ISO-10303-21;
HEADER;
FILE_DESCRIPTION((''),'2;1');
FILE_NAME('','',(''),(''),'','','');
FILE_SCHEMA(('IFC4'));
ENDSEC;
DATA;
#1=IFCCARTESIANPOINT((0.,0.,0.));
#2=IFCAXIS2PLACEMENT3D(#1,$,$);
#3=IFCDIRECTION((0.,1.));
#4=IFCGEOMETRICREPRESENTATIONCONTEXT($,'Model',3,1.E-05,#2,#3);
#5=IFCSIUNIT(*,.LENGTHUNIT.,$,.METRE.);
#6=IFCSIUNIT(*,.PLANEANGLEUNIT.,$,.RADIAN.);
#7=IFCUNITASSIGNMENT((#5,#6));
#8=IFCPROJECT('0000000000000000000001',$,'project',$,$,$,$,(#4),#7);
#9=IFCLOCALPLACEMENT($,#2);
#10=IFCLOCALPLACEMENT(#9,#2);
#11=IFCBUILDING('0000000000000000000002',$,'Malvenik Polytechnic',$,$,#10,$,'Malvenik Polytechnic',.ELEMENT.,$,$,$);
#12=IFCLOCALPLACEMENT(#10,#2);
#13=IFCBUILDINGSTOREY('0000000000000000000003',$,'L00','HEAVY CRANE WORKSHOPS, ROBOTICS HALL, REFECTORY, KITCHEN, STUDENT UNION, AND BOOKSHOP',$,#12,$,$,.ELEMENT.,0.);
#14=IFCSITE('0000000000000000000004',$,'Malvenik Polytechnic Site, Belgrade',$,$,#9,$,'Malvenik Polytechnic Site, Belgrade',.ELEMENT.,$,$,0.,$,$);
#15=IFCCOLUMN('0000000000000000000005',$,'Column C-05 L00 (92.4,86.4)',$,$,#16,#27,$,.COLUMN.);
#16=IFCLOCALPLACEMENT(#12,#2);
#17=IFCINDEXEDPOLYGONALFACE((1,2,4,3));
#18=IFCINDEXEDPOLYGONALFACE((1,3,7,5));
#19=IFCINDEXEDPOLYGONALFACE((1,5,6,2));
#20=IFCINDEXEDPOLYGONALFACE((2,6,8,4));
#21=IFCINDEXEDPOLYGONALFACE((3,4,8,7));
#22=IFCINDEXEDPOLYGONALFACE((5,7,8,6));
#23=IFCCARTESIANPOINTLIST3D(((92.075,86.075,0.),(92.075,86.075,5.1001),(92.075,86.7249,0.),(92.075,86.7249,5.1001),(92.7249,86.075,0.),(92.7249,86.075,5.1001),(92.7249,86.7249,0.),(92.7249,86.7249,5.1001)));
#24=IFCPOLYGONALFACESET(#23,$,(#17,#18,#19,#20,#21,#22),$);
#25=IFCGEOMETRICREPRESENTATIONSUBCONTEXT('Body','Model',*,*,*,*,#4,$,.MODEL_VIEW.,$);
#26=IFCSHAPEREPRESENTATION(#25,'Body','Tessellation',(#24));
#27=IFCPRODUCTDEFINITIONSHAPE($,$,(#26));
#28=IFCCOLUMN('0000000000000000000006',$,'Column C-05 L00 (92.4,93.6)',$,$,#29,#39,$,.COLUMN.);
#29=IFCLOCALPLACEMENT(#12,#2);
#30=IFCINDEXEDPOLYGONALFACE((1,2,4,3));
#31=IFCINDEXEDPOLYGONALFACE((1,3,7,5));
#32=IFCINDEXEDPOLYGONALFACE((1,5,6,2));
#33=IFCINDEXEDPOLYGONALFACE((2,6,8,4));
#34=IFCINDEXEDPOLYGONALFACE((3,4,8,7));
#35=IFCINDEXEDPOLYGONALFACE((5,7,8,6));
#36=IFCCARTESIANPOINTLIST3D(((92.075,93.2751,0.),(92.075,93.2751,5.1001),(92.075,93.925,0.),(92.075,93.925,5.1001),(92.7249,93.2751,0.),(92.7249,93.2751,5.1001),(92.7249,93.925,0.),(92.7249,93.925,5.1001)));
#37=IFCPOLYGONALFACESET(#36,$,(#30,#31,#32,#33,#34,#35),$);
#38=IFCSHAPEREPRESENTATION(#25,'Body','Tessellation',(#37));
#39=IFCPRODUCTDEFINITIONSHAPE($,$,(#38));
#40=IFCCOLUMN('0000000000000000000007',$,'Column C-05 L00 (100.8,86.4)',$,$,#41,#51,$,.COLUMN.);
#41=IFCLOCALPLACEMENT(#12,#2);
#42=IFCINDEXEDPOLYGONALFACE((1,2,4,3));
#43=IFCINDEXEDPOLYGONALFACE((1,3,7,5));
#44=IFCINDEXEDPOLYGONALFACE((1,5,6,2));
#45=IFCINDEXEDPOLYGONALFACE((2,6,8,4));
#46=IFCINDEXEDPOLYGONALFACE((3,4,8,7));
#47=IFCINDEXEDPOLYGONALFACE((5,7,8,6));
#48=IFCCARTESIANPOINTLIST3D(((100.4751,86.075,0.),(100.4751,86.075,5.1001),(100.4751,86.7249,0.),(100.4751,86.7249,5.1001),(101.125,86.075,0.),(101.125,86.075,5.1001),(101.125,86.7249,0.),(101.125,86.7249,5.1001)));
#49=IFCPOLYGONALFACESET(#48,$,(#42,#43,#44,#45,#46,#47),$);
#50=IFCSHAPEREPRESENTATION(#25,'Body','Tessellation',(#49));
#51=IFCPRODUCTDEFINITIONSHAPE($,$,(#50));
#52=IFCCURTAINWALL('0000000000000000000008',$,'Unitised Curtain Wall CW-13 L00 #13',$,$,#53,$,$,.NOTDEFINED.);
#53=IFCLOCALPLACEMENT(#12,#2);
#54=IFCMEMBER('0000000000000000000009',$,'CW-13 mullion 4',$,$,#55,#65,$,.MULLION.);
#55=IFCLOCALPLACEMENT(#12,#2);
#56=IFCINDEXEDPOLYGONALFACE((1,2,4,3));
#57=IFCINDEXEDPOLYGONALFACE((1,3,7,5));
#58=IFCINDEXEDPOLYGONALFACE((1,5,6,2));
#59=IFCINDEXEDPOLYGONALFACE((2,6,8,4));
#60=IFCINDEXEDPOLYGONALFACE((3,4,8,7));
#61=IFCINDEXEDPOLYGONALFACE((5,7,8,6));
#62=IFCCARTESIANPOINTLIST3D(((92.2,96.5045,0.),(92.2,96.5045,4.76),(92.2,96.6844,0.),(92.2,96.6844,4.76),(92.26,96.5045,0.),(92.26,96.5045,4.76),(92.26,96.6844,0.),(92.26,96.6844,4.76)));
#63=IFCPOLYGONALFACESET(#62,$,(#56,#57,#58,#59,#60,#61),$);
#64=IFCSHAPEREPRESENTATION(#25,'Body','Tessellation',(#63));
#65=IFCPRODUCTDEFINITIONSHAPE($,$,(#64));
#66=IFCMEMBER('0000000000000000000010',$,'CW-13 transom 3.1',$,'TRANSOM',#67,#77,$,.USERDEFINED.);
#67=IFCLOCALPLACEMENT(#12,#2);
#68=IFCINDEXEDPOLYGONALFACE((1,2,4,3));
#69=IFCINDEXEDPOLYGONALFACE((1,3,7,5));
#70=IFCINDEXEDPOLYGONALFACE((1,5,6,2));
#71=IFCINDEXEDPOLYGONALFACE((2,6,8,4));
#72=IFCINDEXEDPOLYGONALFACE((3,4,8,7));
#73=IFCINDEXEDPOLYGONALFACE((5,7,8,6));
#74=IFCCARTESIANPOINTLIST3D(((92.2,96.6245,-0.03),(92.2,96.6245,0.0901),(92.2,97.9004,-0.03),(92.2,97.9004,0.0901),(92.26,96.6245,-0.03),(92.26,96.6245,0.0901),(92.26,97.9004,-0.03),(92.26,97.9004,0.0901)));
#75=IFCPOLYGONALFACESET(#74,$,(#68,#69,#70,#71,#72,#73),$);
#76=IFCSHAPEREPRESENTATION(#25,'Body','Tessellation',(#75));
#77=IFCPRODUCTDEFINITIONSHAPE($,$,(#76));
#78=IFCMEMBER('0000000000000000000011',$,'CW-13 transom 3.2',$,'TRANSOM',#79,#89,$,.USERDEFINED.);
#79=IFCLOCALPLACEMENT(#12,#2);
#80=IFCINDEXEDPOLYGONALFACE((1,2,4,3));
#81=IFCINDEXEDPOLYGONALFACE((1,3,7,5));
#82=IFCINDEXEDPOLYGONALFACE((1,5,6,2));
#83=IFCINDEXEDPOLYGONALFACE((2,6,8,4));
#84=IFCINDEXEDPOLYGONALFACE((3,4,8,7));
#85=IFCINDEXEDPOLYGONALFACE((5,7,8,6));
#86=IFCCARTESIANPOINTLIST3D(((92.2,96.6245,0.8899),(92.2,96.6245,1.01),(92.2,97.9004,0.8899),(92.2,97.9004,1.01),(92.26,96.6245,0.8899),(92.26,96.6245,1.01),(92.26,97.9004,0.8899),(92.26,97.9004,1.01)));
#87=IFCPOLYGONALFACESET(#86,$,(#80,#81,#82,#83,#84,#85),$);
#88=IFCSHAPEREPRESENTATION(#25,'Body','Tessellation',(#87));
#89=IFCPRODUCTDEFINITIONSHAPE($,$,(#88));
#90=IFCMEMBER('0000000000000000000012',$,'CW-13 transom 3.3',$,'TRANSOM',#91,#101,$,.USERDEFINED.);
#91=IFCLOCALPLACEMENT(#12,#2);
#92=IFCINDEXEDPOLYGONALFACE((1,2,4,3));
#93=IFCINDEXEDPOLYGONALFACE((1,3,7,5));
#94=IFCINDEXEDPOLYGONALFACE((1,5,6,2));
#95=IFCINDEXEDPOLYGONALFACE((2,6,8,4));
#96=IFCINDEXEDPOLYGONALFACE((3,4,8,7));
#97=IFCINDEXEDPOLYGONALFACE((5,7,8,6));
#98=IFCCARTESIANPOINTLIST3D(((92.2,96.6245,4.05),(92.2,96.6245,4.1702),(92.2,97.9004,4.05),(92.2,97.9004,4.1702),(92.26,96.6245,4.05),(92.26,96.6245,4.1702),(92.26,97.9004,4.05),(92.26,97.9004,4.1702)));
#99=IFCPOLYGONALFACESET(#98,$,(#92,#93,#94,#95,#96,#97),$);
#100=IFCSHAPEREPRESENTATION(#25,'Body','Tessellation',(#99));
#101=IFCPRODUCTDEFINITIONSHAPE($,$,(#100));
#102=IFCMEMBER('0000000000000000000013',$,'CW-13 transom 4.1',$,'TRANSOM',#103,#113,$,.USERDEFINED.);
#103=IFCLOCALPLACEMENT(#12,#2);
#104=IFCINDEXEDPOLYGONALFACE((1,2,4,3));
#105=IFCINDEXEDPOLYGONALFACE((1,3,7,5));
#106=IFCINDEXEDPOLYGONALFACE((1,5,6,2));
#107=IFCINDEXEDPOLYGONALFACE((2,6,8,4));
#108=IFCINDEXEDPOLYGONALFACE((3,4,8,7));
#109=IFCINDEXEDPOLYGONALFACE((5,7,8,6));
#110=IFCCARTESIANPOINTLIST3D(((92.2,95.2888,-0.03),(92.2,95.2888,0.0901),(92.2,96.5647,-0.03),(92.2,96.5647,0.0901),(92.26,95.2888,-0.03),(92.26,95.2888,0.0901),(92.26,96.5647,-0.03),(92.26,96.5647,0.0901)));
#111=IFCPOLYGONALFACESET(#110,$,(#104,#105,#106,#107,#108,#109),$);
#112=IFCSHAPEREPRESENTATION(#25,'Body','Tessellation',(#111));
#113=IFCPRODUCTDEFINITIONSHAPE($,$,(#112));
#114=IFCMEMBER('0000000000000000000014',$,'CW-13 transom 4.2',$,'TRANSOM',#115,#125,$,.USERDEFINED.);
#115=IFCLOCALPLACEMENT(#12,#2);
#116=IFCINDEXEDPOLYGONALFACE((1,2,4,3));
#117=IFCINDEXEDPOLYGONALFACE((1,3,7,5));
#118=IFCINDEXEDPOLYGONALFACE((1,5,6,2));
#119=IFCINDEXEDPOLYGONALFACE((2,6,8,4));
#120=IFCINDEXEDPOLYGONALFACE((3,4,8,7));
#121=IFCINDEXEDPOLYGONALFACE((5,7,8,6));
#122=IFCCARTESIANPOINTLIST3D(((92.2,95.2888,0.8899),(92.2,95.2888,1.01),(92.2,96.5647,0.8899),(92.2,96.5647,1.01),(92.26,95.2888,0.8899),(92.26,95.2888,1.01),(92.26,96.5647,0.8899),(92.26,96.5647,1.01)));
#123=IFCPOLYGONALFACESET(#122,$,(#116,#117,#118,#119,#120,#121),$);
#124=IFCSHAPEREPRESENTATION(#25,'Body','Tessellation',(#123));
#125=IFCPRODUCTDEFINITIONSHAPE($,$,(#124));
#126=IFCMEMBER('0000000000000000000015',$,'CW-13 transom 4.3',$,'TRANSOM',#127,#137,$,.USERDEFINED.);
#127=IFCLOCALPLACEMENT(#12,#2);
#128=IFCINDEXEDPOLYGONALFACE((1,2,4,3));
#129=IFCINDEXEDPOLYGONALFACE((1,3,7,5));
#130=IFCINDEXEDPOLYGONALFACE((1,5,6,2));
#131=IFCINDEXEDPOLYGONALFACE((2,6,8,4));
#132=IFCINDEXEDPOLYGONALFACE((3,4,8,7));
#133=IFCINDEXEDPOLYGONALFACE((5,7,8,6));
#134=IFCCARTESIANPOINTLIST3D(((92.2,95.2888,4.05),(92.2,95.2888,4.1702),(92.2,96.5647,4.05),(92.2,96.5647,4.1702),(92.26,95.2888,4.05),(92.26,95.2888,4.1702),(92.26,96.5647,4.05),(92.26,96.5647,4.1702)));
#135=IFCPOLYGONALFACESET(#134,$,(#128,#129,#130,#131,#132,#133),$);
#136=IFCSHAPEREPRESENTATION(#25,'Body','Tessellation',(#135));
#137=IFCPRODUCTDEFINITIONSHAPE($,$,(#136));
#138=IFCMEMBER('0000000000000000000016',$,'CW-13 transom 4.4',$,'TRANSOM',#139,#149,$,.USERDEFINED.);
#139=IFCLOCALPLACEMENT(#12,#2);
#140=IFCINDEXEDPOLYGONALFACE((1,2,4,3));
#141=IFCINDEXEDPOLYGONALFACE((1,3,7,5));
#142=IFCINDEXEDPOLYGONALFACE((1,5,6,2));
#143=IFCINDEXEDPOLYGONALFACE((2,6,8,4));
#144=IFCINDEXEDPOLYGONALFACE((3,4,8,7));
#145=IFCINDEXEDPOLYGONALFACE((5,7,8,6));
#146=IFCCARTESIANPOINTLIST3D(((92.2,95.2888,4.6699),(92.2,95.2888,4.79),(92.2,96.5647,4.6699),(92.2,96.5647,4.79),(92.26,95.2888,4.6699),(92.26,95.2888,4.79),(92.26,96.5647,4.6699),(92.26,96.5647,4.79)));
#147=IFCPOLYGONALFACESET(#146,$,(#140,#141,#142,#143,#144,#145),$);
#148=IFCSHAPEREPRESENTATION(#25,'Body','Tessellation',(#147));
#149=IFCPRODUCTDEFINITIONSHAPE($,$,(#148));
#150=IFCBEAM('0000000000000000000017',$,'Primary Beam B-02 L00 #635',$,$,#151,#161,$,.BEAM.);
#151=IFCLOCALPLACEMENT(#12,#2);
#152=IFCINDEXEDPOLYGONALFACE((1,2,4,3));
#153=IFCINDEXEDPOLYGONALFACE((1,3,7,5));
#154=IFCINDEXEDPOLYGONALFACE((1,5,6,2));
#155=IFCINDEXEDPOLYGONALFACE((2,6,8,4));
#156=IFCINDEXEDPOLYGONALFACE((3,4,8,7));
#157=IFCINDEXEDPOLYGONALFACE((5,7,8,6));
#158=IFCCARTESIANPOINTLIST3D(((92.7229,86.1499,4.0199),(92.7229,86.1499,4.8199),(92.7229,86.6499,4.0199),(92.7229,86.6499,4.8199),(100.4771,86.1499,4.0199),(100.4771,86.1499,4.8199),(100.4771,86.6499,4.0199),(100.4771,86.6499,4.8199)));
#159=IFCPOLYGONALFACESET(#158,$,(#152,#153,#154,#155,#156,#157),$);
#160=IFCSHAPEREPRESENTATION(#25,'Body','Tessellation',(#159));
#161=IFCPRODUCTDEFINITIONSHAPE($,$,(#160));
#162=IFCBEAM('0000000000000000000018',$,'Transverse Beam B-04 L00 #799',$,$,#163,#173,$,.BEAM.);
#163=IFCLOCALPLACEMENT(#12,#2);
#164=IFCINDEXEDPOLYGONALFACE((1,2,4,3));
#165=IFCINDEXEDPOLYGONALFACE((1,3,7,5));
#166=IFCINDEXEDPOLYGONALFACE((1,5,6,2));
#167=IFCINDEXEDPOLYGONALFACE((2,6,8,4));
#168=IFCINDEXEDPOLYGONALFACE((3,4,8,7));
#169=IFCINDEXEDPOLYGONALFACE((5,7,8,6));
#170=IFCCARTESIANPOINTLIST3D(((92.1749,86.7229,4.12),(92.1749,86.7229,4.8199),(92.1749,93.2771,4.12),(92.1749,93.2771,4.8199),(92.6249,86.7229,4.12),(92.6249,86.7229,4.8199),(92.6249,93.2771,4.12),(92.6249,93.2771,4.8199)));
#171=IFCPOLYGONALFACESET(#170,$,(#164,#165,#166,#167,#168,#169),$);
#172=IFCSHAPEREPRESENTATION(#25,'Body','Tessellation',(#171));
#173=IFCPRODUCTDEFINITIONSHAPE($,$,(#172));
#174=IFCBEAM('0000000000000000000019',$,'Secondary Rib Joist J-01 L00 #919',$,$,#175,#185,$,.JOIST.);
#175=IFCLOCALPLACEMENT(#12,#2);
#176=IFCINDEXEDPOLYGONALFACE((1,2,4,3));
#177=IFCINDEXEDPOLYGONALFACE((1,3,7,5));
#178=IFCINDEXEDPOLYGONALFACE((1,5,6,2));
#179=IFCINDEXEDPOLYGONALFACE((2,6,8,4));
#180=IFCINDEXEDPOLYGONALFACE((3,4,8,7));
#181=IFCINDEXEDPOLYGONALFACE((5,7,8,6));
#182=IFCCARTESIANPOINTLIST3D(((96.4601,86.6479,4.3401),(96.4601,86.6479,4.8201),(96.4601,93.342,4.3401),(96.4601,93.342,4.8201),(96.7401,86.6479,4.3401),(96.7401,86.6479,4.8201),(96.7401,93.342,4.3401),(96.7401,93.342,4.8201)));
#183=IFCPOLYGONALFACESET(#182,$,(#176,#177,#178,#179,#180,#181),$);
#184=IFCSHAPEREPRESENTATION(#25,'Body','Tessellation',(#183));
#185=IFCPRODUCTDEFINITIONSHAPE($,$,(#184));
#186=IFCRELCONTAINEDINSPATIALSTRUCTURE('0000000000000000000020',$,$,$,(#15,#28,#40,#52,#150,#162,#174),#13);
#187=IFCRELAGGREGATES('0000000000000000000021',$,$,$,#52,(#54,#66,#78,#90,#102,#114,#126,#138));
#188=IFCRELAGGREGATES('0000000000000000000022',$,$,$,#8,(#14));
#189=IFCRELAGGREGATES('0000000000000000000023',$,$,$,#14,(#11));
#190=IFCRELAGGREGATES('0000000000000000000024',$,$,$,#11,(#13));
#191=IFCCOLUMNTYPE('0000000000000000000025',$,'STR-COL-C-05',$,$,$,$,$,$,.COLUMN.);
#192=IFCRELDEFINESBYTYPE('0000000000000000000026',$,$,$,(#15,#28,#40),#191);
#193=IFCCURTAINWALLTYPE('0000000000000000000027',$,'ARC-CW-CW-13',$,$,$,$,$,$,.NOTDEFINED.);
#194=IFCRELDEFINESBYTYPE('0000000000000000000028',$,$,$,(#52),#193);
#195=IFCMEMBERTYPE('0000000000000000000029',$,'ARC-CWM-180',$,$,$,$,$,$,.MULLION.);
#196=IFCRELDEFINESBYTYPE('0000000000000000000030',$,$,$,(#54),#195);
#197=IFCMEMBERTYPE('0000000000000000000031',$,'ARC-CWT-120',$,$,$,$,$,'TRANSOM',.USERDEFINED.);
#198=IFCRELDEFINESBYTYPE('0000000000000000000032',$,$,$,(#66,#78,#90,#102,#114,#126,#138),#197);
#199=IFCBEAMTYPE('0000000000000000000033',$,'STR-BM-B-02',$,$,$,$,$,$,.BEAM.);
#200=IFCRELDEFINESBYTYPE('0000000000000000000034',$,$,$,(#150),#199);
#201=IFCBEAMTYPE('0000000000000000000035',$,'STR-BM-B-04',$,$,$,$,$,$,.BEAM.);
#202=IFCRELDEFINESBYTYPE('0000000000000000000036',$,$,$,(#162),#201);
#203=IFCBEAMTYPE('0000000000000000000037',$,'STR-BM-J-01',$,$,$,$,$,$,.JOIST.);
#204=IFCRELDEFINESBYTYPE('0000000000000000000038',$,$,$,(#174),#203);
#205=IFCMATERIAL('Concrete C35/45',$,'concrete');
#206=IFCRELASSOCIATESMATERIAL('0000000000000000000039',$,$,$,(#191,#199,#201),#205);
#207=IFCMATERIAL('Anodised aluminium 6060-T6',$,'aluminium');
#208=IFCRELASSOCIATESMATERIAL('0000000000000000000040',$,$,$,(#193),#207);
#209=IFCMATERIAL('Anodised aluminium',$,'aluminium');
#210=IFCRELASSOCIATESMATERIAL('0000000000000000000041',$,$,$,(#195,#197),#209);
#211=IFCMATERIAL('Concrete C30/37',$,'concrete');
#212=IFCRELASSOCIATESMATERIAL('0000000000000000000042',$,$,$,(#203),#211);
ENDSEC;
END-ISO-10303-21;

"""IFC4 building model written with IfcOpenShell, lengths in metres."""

from ifc_helpers import new_model, si_unit, direction, frame, origin, origin_2d, place, context, subcontext, project, spatial, rectangle, extrude, material, material_profile, profile_set, type_object, element, aggregate, save


model = new_model("IFC4")

# Units and contexts
model_context = context("Model", 3, precision=1e-05, world=origin(), true_north=direction((0.0, 1.0)))
body_context = subcontext(model_context, "Body", "Model", "MODEL_VIEW")
ifc_project = project(units=[si_unit("LENGTHUNIT", "METRE"), si_unit("PLANEANGLEUNIT", "RADIAN")], contexts=[model_context])

# Site, building, storey
site_placement = place(None, origin())
site = spatial("IfcSite", under=ifc_project, at=site_placement, Name="Malvenik Polytechnic Site, Belgrade", LongName="Malvenik Polytechnic Site, Belgrade", CompositionType="ELEMENT", RefElevation=0.0)
building_placement = place(site_placement, origin())
building = spatial("IfcBuilding", under=site, at=building_placement, Name="Malvenik Polytechnic", LongName="Malvenik Polytechnic", CompositionType="ELEMENT")
storey_placement = place(building_placement, origin())
storey = spatial("IfcBuildingStorey", under=building, at=storey_placement, Name="L00", Description="HEAVY CRANE WORKSHOPS, ROBOTICS HALL, REFECTORY, KITCHEN, STUDENT UNION, AND BOOKSHOP", CompositionType="ELEMENT", Elevation=0.0)

# Columns
ifc_material_1 = material(Name="Concrete C35/45", Category="concrete")
ifc_material_profile_1 = material_profile(ifc_material_1, rectangle(XDim=0.6499, YDim=0.6499, at=origin_2d()), Name="RC COL 650x650")
ifc_profile_set_1 = profile_set([ifc_material_profile_1], Name="Concrete C35/45")
column_type = type_object("IfcColumnType", Name="STR-COL-C-05", PredefinedType="COLUMN", material=ifc_profile_set_1)
for number, where, z_axis, x_axis, name in (
    (1, (92.3999, 86.3999, 0.0), (0.0, 0.0, 1.0), (1.0, 0.0, 0.0), "Column C-05 L00 (92.4,86.4)"),
    (2, (92.3999, 93.6001, 0.0), (0.0, 0.0, 1.0), (1.0, 0.0, 0.0), "Column C-05 L00 (92.4,93.6)"),
    (3, (100.8, 86.3999, 0.0), (0.0, 0.0, 1.0), (1.0, 0.0, 0.0), "Column C-05 L00 (100.8,86.4)"),
):
    element("IfcColumn", number, at=place(storey_placement, frame(where, z_axis=z_axis, x_axis=x_axis)), inside=storey, type_object=column_type, Name=name, PredefinedType="COLUMN", context=body_context, shape_type="SweptSolid", body=[
        extrude(rectangle(XDim=0.6499, YDim=0.6499, at=origin_2d()), origin(), (0.0, 0.0, 1.0), 5.1001),
    ])

# Curtain wall, members
ifc_material_2 = material(Name="Anodised aluminium 6060-T6", Category="aluminium")
curtain_wall_type = type_object("IfcCurtainWallType", Name="ARC-CW-CW-13", PredefinedType="NOTDEFINED", material=ifc_material_2)
curtain_wall_placement = place(storey_placement, origin())
curtain_wall = element("IfcCurtainWall", 4, at=curtain_wall_placement, inside=storey, type_object=curtain_wall_type, Name="Unitised Curtain Wall CW-13 L00 #13", PredefinedType="NOTDEFINED")
ifc_material_3 = material(Name="Anodised aluminium", Category="aluminium")
ifc_material_profile_2 = material_profile(ifc_material_3, rectangle(XDim=0.0601, YDim=0.1799, at=origin_2d()), Name="ALU MULLION 60x180")
ifc_profile_set_2 = profile_set([ifc_material_profile_2], Name="Anodised aluminium")
member_type_1 = type_object("IfcMemberType", Name="ARC-CWM-180", PredefinedType="MULLION", material=ifc_profile_set_2)
member_1_placement = place(storey_placement, frame((92.23, 96.5945, 0.0), z_axis=(0.0, 0.0, 1.0), x_axis=(1.0, 0.0, 0.0)))
member_1 = element("IfcMember", 5, at=member_1_placement, type_object=member_type_1, Name="CW-13 mullion 4", PredefinedType="MULLION", context=body_context, shape_type="SweptSolid", body=[
    extrude(rectangle(XDim=0.0601, YDim=0.1799, at=origin_2d()), origin(), (0.0, 0.0, 1.0), 4.76),
])
ifc_material_profile_3 = material_profile(ifc_material_3, rectangle(XDim=0.0601, YDim=0.1201, at=origin_2d()), Name="ALU TRANSOM 60x120")
ifc_profile_set_3 = profile_set([ifc_material_profile_3], Name="Anodised aluminium")
member_type_2 = type_object("IfcMemberType", Name="ARC-CWT-120", ElementType="TRANSOM", PredefinedType="USERDEFINED", material=ifc_profile_set_3)
member_2_placement = place(storey_placement, frame((92.23, 97.9004, 0.03), z_axis=(0.0, -1.0, 0.0), x_axis=(1.0, 0.0, 0.0)))
member_2 = element("IfcMember", 6, at=member_2_placement, type_object=member_type_2, Name="CW-13 transom 3.1", ObjectType="TRANSOM", PredefinedType="USERDEFINED", context=body_context, shape_type="SweptSolid", body=[
    extrude(rectangle(XDim=0.0601, YDim=0.1201, at=origin_2d()), origin(), (0.0, 0.0, 1.0), 1.2759),
])
member_3_placement = place(storey_placement, frame((92.23, 97.9004, 0.95), z_axis=(0.0, -1.0, 0.0), x_axis=(1.0, 0.0, 0.0)))
member_3 = element("IfcMember", 7, at=member_3_placement, type_object=member_type_2, Name="CW-13 transom 3.2", ObjectType="TRANSOM", PredefinedType="USERDEFINED", context=body_context, shape_type="SweptSolid", body=[
    extrude(rectangle(XDim=0.0601, YDim=0.1201, at=origin_2d()), origin(), (0.0, 0.0, 1.0), 1.2759),
])
member_4_placement = place(storey_placement, frame((92.23, 97.9004, 4.1101), z_axis=(0.0, -1.0, 0.0), x_axis=(1.0, 0.0, 0.0)))
member_4 = element("IfcMember", 8, at=member_4_placement, type_object=member_type_2, Name="CW-13 transom 3.3", ObjectType="TRANSOM", PredefinedType="USERDEFINED", context=body_context, shape_type="SweptSolid", body=[
    extrude(rectangle(XDim=0.0601, YDim=0.1201, at=origin_2d()), origin(), (0.0, 0.0, 1.0), 1.2759),
])
member_5_placement = place(storey_placement, frame((92.23, 96.5647, 0.03), z_axis=(0.0, -1.0, 0.0), x_axis=(1.0, 0.0, 0.0)))
member_5 = element("IfcMember", 9, at=member_5_placement, type_object=member_type_2, Name="CW-13 transom 4.1", ObjectType="TRANSOM", PredefinedType="USERDEFINED", context=body_context, shape_type="SweptSolid", body=[
    extrude(rectangle(XDim=0.0601, YDim=0.1201, at=origin_2d()), origin(), (0.0, 0.0, 1.0), 1.2759),
])
member_6_placement = place(storey_placement, frame((92.23, 96.5647, 0.95), z_axis=(0.0, -1.0, 0.0), x_axis=(1.0, 0.0, 0.0)))
member_6 = element("IfcMember", 10, at=member_6_placement, type_object=member_type_2, Name="CW-13 transom 4.2", ObjectType="TRANSOM", PredefinedType="USERDEFINED", context=body_context, shape_type="SweptSolid", body=[
    extrude(rectangle(XDim=0.0601, YDim=0.1201, at=origin_2d()), origin(), (0.0, 0.0, 1.0), 1.2759),
])
member_7_placement = place(storey_placement, frame((92.23, 96.5647, 4.1101), z_axis=(0.0, -1.0, 0.0), x_axis=(1.0, 0.0, 0.0)))
member_7 = element("IfcMember", 11, at=member_7_placement, type_object=member_type_2, Name="CW-13 transom 4.3", ObjectType="TRANSOM", PredefinedType="USERDEFINED", context=body_context, shape_type="SweptSolid", body=[
    extrude(rectangle(XDim=0.0601, YDim=0.1201, at=origin_2d()), origin(), (0.0, 0.0, 1.0), 1.2759),
])
member_8_placement = place(storey_placement, frame((92.23, 96.5647, 4.73), z_axis=(0.0, -1.0, 0.0), x_axis=(1.0, 0.0, 0.0)))
member_8 = element("IfcMember", 12, at=member_8_placement, type_object=member_type_2, Name="CW-13 transom 4.4", ObjectType="TRANSOM", PredefinedType="USERDEFINED", context=body_context, shape_type="SweptSolid", body=[
    extrude(rectangle(XDim=0.0601, YDim=0.1201, at=origin_2d()), origin(), (0.0, 0.0, 1.0), 1.2759),
])

# Beams
ifc_material_profile_4 = material_profile(ifc_material_1, rectangle(XDim=0.5, YDim=0.8, at=origin_2d()), Name="RC BM 500x800")
ifc_profile_set_4 = profile_set([ifc_material_profile_4], Name="Concrete C35/45")
beam_type_1 = type_object("IfcBeamType", Name="STR-BM-B-02", PredefinedType="BEAM", material=ifc_profile_set_4)
beam_1_placement = place(storey_placement, frame((92.7229, 86.3999, 4.4199), z_axis=(1.0, 0.0, 0.0), x_axis=(0.0, 1.0, 0.0)))
element("IfcBeam", 13, at=beam_1_placement, inside=storey, type_object=beam_type_1, Name="Primary Beam B-02 L00 #635", PredefinedType="BEAM", context=body_context, shape_type="SweptSolid", body=[
    extrude(rectangle(XDim=0.5, YDim=0.8, at=origin_2d()), origin(), (0.0, 0.0, 1.0), 7.7542),
])
ifc_material_profile_5 = material_profile(ifc_material_1, rectangle(XDim=0.45, YDim=0.7, at=origin_2d()), Name="RC BM 450x700")
ifc_profile_set_5 = profile_set([ifc_material_profile_5], Name="Concrete C35/45")
beam_type_2 = type_object("IfcBeamType", Name="STR-BM-B-04", PredefinedType="BEAM", material=ifc_profile_set_5)
beam_2_placement = place(storey_placement, frame((92.3999, 86.7229, 4.47), z_axis=(0.0, 1.0, 0.0), x_axis=(-1.0, 0.0, 0.0)))
element("IfcBeam", 14, at=beam_2_placement, inside=storey, type_object=beam_type_2, Name="Transverse Beam B-04 L00 #799", PredefinedType="BEAM", context=body_context, shape_type="SweptSolid", body=[
    extrude(rectangle(XDim=0.45, YDim=0.7, at=origin_2d()), origin(), (0.0, 0.0, 1.0), 6.5542),
])
ifc_material_4 = material(Name="Concrete C30/37", Category="concrete")
ifc_material_profile_6 = material_profile(ifc_material_4, rectangle(XDim=0.28, YDim=0.48, at=origin_2d()), Name="RC JST 280x480")
ifc_profile_set_6 = profile_set([ifc_material_profile_6], Name="Concrete C30/37")
beam_type_3 = type_object("IfcBeamType", Name="STR-BM-J-01", PredefinedType="JOIST", material=ifc_profile_set_6)
beam_3_placement = place(storey_placement, frame((96.6001, 86.6479, 4.5801), z_axis=(0.0, 1.0, 0.0), x_axis=(-1.0, 0.0, 0.0)))
element("IfcBeam", 15, at=beam_3_placement, inside=storey, type_object=beam_type_3, Name="Secondary Rib Joist J-01 L00 #919", PredefinedType="JOIST", context=body_context, shape_type="SweptSolid", body=[
    extrude(rectangle(XDim=0.28, YDim=0.48, at=origin_2d()), origin(), (0.0, 0.0, 1.0), 6.6941),
])

aggregate(curtain_wall, [member_1, member_2, member_3, member_4, member_5, member_6, member_7, member_8])

save(model, "model.ifc")
